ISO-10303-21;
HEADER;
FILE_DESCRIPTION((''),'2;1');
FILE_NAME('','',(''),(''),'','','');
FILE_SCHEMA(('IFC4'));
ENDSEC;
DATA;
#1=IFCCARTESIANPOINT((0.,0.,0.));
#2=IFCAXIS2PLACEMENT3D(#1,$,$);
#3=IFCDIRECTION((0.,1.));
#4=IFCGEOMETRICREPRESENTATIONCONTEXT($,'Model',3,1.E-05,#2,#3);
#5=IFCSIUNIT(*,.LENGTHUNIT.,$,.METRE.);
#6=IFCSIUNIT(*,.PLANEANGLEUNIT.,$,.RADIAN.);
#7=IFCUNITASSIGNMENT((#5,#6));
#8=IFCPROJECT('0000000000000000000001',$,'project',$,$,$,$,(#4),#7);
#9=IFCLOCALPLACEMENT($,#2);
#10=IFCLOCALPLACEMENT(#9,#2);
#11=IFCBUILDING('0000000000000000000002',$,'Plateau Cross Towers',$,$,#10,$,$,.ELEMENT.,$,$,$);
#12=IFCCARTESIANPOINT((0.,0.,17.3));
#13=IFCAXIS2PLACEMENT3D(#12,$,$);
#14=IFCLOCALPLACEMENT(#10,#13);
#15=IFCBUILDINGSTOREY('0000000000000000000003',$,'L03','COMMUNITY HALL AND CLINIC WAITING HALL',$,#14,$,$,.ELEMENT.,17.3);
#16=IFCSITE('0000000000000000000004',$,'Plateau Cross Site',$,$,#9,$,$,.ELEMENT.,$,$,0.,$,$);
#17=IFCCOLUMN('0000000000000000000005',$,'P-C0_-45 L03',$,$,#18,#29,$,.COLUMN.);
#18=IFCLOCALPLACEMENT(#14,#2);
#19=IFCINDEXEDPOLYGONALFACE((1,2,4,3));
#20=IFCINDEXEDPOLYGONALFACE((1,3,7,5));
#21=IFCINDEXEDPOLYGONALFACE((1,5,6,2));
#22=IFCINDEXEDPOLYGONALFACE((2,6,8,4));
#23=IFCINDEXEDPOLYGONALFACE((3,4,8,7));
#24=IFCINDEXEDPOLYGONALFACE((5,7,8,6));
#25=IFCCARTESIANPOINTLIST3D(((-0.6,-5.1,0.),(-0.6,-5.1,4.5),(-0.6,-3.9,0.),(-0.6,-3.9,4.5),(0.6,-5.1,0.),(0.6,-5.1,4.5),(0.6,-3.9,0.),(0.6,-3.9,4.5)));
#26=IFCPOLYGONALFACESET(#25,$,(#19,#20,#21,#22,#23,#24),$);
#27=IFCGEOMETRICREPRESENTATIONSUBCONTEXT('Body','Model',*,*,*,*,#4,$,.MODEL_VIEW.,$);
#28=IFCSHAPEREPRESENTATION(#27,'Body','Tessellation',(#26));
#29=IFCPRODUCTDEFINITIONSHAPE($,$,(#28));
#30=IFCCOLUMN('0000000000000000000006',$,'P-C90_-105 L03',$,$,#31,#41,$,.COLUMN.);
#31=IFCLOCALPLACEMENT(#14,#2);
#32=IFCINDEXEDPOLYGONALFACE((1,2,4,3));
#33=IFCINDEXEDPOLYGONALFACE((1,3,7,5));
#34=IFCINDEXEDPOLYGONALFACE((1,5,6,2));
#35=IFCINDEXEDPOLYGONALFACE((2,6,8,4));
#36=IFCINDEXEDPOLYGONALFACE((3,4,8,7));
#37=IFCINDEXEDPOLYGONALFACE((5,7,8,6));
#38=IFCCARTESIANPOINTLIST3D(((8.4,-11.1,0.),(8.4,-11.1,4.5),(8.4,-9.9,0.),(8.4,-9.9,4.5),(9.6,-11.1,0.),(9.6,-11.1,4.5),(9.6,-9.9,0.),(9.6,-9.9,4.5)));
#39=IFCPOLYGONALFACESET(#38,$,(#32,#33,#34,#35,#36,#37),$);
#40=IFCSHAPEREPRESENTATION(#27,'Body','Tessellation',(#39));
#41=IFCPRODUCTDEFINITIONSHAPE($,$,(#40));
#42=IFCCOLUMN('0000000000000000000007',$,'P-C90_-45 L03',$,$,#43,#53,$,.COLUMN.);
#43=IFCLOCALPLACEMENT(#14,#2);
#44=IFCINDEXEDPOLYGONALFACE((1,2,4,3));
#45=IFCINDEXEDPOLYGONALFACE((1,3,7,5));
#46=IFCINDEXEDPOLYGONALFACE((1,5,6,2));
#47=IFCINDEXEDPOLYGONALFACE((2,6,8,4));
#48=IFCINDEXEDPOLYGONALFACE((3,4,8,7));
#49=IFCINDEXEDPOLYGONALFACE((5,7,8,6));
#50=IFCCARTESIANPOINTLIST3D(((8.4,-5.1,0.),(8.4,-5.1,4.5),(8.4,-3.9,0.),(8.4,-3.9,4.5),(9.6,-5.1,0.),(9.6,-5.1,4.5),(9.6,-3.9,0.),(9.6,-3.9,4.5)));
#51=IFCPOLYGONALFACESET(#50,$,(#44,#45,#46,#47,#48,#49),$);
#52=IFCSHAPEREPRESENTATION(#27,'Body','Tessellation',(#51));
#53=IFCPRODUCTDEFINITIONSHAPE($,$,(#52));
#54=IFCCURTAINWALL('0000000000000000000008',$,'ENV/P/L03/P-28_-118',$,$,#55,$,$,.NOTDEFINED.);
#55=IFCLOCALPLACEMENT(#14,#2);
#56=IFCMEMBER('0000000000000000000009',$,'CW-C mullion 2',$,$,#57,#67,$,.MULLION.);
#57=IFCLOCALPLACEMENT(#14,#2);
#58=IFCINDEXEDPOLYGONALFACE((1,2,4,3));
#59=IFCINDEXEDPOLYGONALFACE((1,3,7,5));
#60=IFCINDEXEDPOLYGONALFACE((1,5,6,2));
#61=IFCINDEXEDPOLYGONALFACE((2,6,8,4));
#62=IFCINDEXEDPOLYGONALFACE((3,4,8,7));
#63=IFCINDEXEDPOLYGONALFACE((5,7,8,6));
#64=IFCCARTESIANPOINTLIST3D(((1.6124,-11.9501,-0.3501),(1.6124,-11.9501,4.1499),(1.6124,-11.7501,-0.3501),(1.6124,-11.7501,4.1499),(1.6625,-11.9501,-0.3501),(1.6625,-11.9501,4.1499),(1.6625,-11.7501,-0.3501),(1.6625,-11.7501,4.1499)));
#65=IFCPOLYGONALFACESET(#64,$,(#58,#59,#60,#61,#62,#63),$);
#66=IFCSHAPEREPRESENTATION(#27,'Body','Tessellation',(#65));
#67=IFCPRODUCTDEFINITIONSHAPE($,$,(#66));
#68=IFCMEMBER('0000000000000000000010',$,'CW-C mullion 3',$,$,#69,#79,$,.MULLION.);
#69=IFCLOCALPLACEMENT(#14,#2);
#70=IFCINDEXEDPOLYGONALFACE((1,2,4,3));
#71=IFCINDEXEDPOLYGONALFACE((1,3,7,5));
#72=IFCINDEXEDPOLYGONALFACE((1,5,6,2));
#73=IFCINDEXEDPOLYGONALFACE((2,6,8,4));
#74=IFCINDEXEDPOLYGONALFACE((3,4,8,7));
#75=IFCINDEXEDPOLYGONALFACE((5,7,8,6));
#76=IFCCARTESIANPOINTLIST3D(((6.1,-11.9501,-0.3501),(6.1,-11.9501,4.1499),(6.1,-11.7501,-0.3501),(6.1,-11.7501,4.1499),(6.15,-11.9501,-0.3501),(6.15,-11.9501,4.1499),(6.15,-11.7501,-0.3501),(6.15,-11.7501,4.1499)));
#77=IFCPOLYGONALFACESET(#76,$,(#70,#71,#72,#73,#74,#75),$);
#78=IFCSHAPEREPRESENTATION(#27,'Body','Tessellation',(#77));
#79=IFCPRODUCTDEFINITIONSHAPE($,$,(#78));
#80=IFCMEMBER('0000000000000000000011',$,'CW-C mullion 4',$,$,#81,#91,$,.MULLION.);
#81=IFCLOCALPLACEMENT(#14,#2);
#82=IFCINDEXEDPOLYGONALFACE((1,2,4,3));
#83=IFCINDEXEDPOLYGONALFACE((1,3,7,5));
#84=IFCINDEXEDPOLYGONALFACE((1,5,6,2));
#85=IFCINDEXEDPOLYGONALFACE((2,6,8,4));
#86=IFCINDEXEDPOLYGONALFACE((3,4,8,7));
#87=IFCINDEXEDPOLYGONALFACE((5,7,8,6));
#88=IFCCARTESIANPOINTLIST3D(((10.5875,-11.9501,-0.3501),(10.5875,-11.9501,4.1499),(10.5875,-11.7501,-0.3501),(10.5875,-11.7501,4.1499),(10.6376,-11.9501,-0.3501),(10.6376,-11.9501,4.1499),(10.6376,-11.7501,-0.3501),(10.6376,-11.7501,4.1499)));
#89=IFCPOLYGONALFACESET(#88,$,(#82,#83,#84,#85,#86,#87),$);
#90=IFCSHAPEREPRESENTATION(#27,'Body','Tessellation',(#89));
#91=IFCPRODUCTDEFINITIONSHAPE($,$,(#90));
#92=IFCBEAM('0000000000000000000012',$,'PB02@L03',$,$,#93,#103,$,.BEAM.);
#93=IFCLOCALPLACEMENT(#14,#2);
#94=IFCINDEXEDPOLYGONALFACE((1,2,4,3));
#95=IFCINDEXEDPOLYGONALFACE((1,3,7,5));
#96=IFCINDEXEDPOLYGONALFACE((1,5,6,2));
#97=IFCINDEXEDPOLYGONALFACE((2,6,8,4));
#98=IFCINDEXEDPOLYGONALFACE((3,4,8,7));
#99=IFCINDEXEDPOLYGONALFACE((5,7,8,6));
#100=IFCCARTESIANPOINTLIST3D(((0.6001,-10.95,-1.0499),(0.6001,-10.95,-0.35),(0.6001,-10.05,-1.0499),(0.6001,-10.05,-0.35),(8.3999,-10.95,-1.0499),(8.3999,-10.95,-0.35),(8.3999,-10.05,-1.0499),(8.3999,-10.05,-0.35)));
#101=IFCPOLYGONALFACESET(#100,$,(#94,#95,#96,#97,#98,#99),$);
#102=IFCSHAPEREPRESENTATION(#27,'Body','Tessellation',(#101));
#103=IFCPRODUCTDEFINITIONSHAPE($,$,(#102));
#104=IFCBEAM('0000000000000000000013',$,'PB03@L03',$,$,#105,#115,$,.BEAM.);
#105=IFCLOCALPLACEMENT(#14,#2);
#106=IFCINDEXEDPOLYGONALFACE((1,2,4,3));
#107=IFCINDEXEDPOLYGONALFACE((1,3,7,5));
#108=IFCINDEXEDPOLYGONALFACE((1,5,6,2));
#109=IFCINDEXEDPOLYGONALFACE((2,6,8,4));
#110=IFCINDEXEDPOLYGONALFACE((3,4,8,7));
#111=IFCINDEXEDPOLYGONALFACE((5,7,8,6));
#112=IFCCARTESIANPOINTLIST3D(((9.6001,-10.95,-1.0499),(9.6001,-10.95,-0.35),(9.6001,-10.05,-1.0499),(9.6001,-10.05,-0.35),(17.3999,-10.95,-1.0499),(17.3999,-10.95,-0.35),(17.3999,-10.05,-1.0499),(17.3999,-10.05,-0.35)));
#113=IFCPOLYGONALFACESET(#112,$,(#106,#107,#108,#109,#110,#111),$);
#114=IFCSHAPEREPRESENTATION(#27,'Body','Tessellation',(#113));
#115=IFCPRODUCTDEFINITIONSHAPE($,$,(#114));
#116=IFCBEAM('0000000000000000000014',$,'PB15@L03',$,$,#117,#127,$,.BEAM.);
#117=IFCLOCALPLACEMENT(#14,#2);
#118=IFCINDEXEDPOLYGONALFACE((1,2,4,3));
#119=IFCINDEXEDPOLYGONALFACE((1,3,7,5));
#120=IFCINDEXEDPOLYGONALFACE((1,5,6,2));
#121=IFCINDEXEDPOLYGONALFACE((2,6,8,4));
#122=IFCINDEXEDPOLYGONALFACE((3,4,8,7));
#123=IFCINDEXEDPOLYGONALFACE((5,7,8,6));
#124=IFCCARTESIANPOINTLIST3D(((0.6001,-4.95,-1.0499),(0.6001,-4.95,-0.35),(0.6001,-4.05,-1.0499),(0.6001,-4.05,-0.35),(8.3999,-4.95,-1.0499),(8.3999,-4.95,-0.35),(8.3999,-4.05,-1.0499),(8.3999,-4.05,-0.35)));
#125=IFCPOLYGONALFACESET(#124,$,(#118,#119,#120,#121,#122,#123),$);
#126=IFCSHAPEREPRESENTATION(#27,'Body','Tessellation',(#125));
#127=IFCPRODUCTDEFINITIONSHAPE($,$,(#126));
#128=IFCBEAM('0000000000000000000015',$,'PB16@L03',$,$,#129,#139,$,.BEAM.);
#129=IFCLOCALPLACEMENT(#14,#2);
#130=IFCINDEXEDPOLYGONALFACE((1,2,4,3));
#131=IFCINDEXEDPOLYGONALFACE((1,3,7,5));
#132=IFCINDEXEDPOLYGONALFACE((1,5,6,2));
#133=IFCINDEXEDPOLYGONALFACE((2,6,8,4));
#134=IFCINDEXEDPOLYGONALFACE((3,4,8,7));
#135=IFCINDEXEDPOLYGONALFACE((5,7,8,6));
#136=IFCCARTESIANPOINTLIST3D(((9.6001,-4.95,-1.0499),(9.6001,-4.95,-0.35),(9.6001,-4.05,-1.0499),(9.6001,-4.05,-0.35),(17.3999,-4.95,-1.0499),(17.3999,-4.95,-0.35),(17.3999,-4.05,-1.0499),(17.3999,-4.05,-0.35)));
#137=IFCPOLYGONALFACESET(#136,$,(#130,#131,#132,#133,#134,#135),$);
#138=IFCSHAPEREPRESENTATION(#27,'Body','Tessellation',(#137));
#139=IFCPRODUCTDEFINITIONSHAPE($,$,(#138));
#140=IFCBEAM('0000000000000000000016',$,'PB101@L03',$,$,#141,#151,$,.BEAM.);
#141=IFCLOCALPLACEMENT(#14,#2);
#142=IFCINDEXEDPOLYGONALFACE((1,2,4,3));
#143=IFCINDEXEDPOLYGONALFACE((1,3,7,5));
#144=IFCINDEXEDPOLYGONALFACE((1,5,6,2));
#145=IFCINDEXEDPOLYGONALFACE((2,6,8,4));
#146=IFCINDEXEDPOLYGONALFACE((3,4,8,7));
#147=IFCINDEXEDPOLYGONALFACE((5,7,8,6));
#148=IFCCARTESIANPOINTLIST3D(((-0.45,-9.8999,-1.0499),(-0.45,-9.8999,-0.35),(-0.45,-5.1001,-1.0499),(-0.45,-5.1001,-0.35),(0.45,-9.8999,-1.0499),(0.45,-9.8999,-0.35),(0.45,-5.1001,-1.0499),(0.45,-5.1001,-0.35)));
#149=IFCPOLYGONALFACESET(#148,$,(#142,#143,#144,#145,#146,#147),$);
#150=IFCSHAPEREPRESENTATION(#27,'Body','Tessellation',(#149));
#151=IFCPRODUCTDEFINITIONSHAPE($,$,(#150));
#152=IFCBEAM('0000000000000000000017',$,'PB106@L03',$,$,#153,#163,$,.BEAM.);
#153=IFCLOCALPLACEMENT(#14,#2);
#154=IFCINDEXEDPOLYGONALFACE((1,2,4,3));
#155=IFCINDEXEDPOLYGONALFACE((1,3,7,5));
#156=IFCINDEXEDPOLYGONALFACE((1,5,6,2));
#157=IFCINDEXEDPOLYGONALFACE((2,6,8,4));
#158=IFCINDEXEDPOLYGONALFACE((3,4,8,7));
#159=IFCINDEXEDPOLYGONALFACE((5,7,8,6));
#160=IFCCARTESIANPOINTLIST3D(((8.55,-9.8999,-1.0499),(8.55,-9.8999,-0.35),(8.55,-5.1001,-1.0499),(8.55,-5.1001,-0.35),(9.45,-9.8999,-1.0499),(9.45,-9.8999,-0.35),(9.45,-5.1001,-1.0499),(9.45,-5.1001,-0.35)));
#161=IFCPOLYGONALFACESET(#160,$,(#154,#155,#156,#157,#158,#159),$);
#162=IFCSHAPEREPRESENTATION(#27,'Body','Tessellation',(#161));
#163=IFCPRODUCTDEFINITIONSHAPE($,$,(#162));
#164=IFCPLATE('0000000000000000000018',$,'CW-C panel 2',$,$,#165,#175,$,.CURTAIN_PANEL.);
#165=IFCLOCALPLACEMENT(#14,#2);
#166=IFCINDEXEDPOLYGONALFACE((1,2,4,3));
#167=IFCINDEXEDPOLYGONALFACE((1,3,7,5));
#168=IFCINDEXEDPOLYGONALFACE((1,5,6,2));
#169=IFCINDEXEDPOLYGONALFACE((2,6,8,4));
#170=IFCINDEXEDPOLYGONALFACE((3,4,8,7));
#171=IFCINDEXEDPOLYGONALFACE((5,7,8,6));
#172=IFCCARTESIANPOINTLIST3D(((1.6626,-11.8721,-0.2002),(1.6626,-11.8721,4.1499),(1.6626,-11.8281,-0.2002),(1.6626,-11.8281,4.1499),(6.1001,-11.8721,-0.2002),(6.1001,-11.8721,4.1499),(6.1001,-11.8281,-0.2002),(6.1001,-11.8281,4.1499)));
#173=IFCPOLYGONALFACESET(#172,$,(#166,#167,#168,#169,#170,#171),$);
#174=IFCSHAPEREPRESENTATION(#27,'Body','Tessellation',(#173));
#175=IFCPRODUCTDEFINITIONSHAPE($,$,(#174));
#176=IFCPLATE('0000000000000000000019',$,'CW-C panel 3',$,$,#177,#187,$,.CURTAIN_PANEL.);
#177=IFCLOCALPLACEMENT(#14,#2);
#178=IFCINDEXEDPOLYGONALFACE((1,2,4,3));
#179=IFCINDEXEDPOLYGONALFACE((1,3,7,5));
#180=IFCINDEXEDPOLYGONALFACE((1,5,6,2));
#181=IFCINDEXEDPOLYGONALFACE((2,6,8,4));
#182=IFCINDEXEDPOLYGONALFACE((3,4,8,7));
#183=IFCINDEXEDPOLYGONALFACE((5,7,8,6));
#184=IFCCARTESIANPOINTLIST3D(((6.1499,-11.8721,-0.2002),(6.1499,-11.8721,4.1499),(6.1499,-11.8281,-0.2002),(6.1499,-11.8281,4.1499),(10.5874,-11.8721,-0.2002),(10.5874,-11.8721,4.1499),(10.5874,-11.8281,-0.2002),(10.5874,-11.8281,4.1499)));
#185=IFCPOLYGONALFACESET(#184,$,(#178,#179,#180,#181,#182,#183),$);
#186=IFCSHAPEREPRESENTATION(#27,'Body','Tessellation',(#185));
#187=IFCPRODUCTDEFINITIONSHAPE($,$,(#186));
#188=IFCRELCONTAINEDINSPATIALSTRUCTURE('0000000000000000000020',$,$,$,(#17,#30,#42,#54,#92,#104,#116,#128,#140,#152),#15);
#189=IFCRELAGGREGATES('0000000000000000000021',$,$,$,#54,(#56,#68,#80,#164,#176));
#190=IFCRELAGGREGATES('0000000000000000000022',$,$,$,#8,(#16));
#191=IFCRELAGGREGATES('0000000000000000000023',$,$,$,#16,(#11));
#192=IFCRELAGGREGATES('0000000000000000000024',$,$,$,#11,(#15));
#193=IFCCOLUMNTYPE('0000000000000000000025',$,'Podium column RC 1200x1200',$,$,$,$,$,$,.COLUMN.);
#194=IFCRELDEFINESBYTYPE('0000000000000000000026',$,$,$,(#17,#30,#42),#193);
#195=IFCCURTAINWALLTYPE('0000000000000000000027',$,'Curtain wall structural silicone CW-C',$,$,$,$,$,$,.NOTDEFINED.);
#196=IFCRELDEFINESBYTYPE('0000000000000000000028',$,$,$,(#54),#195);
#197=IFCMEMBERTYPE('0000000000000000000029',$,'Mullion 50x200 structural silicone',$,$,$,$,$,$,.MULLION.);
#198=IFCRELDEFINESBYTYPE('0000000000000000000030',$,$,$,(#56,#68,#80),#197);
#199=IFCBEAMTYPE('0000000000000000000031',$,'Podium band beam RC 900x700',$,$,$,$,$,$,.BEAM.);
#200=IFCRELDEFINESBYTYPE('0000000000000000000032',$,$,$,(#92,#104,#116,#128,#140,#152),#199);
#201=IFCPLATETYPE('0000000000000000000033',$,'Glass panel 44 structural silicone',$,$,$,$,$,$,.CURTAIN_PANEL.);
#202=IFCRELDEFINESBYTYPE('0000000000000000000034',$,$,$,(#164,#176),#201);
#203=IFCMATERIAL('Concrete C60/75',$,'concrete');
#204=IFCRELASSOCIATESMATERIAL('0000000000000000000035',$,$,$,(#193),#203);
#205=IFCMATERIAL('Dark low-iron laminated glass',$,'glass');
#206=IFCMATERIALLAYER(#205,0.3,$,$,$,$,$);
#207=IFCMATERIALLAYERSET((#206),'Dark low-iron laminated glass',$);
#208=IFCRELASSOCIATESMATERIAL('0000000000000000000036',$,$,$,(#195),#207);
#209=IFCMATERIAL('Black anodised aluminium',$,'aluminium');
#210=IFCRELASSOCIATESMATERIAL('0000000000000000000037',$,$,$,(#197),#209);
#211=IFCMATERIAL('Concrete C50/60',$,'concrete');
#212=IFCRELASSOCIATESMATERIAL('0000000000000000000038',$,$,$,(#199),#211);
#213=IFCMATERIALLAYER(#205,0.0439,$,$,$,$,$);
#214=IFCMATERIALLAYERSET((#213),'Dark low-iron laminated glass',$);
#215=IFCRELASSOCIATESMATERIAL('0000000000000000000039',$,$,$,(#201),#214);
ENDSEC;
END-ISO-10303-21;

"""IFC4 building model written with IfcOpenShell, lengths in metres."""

from ifc_helpers import new_model, si_unit, direction, frame, origin, origin_2d, place, context, subcontext, project, spatial, rectangle, extrude, material, layer, layer_set, material_profile, profile_set, type_object, element, aggregate, save


model = new_model("IFC4")

# Units and contexts
model_context = context("Model", 3, precision=1e-05, world=origin(), true_north=direction((0.0, 1.0)))
body_context = subcontext(model_context, "Body", "Model", "MODEL_VIEW")
ifc_project = project(units=[si_unit("LENGTHUNIT", "METRE"), si_unit("PLANEANGLEUNIT", "RADIAN")], contexts=[model_context])

# Site, building, storey
site_placement = place(None, origin())
site = spatial("IfcSite", under=ifc_project, at=site_placement, Name="Plateau Cross Site", CompositionType="ELEMENT", RefElevation=0.0)
building_placement = place(site_placement, origin())
building = spatial("IfcBuilding", under=site, at=building_placement, Name="Plateau Cross Towers", CompositionType="ELEMENT")
storey_placement = place(building_placement, frame((0.0, 0.0, 17.3)))
storey = spatial("IfcBuildingStorey", under=building, at=storey_placement, Name="L03", Description="COMMUNITY HALL AND CLINIC WAITING HALL", CompositionType="ELEMENT", Elevation=17.3)

# Columns
ifc_material_1 = material(Name="Concrete C60/75", Category="concrete")
ifc_material_profile_1 = material_profile(ifc_material_1, rectangle(XDim=1.2, YDim=1.2, at=origin_2d()), Name="RC 1200x1200")
ifc_profile_set_1 = profile_set([ifc_material_profile_1], Name="Concrete C60/75")
column_type = type_object("IfcColumnType", Name="Podium column RC 1200x1200", PredefinedType="COLUMN", material=ifc_profile_set_1)
for number, where, z_axis, x_axis, name in (
    (1, (0.0, -4.5, 0.0), (0.0, 0.0, 1.0), (1.0, 0.0, 0.0), "P-C0_-45 L03"),
    (2, (9.0, -10.5, 0.0), (0.0, 0.0, 1.0), (1.0, 0.0, 0.0), "P-C90_-105 L03"),
    (3, (9.0, -4.5, 0.0), (0.0, 0.0, 1.0), (1.0, 0.0, 0.0), "P-C90_-45 L03"),
):
    element("IfcColumn", number, at=place(storey_placement, frame(where, z_axis=z_axis, x_axis=x_axis)), inside=storey, type_object=column_type, Name=name, PredefinedType="COLUMN", context=body_context, shape_type="SweptSolid", body=[
        extrude(rectangle(XDim=1.2, YDim=1.2, at=origin_2d()), origin(), (0.0, 0.0, 1.0), 4.5),
    ])

# Curtain wall, members
ifc_material_2 = material(Name="Dark low-iron laminated glass", Category="glass")
ifc_layer_1 = layer(ifc_material_2, 0.3)
ifc_layer_set_1 = layer_set([ifc_layer_1], Name="Dark low-iron laminated glass")
curtain_wall_type = type_object("IfcCurtainWallType", Name="Curtain wall structural silicone CW-C", PredefinedType="NOTDEFINED", material=ifc_layer_set_1)
curtain_wall_placement = place(storey_placement, origin())
curtain_wall = element("IfcCurtainWall", 4, at=curtain_wall_placement, inside=storey, type_object=curtain_wall_type, Name="ENV/P/L03/P-28_-118", PredefinedType="NOTDEFINED")
ifc_material_3 = material(Name="Black anodised aluminium", Category="aluminium")
ifc_material_profile_2 = material_profile(ifc_material_3, rectangle(XDim=0.05, YDim=0.2, at=origin_2d()), Name="MULLION 50x200")
ifc_profile_set_2 = profile_set([ifc_material_profile_2], Name="Black anodised aluminium")
member_type = type_object("IfcMemberType", Name="Mullion 50x200 structural silicone", PredefinedType="MULLION", material=ifc_profile_set_2)
member_1_placement = place(storey_placement, frame((1.6375, -11.8501, -0.3501), z_axis=(0.0, 0.0, 1.0), x_axis=(1.0, 0.0, 0.0)))
member_1 = element("IfcMember", 5, at=member_1_placement, type_object=member_type, Name="CW-C mullion 2", PredefinedType="MULLION", context=body_context, shape_type="SweptSolid", body=[
    extrude(rectangle(XDim=0.05, YDim=0.2, at=origin_2d()), origin(), (0.0, 0.0, 1.0), 4.5),
])
member_2_placement = place(storey_placement, frame((6.125, -11.8501, -0.3501), z_axis=(0.0, 0.0, 1.0), x_axis=(1.0, 0.0, 0.0)))
member_2 = element("IfcMember", 6, at=member_2_placement, type_object=member_type, Name="CW-C mullion 3", PredefinedType="MULLION", context=body_context, shape_type="SweptSolid", body=[
    extrude(rectangle(XDim=0.05, YDim=0.2, at=origin_2d()), origin(), (0.0, 0.0, 1.0), 4.5),
])
member_3_placement = place(storey_placement, frame((10.6125, -11.8501, -0.3501), z_axis=(0.0, 0.0, 1.0), x_axis=(1.0, 0.0, 0.0)))
member_3 = element("IfcMember", 7, at=member_3_placement, type_object=member_type, Name="CW-C mullion 4", PredefinedType="MULLION", context=body_context, shape_type="SweptSolid", body=[
    extrude(rectangle(XDim=0.05, YDim=0.2, at=origin_2d()), origin(), (0.0, 0.0, 1.0), 4.5),
])

# Beams
ifc_material_4 = material(Name="Concrete C50/60", Category="concrete")
ifc_material_profile_3 = material_profile(ifc_material_4, rectangle(XDim=0.8999, YDim=0.7, at=origin_2d()), Name="RC 900x700")
ifc_profile_set_3 = profile_set([ifc_material_profile_3], Name="Concrete C50/60")
beam_type = type_object("IfcBeamType", Name="Podium band beam RC 900x700", PredefinedType="BEAM", material=ifc_profile_set_3)
for number, where, z_axis, x_axis, name in (
    (8, (0.6001, -10.5, -0.7), (1.0, 0.0, 0.0), (0.0, 1.0, 0.0), "PB02@L03"),
    (9, (9.6001, -10.5, -0.7), (1.0, 0.0, 0.0), (0.0, 1.0, 0.0), "PB03@L03"),
    (10, (0.6001, -4.5, -0.7), (1.0, 0.0, 0.0), (0.0, 1.0, 0.0), "PB15@L03"),
    (11, (9.6001, -4.5, -0.7), (1.0, 0.0, 0.0), (0.0, 1.0, 0.0), "PB16@L03"),
):
    element("IfcBeam", number, at=place(storey_placement, frame(where, z_axis=z_axis, x_axis=x_axis)), inside=storey, type_object=beam_type, Name=name, PredefinedType="BEAM", context=body_context, shape_type="SweptSolid", body=[
        extrude(rectangle(XDim=0.8999, YDim=0.7, at=origin_2d()), origin(), (0.0, 0.0, 1.0), 7.7998),
    ])
for number, where, z_axis, x_axis, name in (
    (12, (0.0, -9.8999, -0.7), (0.0, 1.0, 0.0), (-1.0, 0.0, 0.0), "PB101@L03"),
    (13, (9.0, -9.8999, -0.7), (0.0, 1.0, 0.0), (-1.0, 0.0, 0.0), "PB106@L03"),
):
    element("IfcBeam", number, at=place(storey_placement, frame(where, z_axis=z_axis, x_axis=x_axis)), inside=storey, type_object=beam_type, Name=name, PredefinedType="BEAM", context=body_context, shape_type="SweptSolid", body=[
        extrude(rectangle(XDim=0.8999, YDim=0.7, at=origin_2d()), origin(), (0.0, 0.0, 1.0), 4.7998),
    ])

# Plates
ifc_layer_2 = layer(ifc_material_2, 0.0439)
ifc_layer_set_2 = layer_set([ifc_layer_2], Name="Dark low-iron laminated glass")
plate_type = type_object("IfcPlateType", Name="Glass panel 44 structural silicone", PredefinedType="CURTAIN_PANEL", material=ifc_layer_set_2)
plate_1_placement = place(storey_placement, frame((3.8813, -11.8501, -0.2002), z_axis=(0.0, 0.0, 1.0), x_axis=(1.0, 0.0, 0.0)))
plate_1 = element("IfcPlate", 14, at=plate_1_placement, type_object=plate_type, Name="CW-C panel 2", PredefinedType="CURTAIN_PANEL", context=body_context, shape_type="SweptSolid", body=[
    extrude(rectangle(XDim=4.4375, YDim=0.0439, at=origin_2d()), origin(), (0.0, 0.0, 1.0), 4.3501),
])
plate_2_placement = place(storey_placement, frame((8.3687, -11.8501, -0.2002), z_axis=(0.0, 0.0, 1.0), x_axis=(1.0, 0.0, 0.0)))
plate_2 = element("IfcPlate", 15, at=plate_2_placement, type_object=plate_type, Name="CW-C panel 3", PredefinedType="CURTAIN_PANEL", context=body_context, shape_type="SweptSolid", body=[
    extrude(rectangle(XDim=4.4375, YDim=0.0439, at=origin_2d()), origin(), (0.0, 0.0, 1.0), 4.3501),
])
aggregate(curtain_wall, [member_1, member_2, member_3, plate_1, plate_2])

save(model, "model.ifc")
